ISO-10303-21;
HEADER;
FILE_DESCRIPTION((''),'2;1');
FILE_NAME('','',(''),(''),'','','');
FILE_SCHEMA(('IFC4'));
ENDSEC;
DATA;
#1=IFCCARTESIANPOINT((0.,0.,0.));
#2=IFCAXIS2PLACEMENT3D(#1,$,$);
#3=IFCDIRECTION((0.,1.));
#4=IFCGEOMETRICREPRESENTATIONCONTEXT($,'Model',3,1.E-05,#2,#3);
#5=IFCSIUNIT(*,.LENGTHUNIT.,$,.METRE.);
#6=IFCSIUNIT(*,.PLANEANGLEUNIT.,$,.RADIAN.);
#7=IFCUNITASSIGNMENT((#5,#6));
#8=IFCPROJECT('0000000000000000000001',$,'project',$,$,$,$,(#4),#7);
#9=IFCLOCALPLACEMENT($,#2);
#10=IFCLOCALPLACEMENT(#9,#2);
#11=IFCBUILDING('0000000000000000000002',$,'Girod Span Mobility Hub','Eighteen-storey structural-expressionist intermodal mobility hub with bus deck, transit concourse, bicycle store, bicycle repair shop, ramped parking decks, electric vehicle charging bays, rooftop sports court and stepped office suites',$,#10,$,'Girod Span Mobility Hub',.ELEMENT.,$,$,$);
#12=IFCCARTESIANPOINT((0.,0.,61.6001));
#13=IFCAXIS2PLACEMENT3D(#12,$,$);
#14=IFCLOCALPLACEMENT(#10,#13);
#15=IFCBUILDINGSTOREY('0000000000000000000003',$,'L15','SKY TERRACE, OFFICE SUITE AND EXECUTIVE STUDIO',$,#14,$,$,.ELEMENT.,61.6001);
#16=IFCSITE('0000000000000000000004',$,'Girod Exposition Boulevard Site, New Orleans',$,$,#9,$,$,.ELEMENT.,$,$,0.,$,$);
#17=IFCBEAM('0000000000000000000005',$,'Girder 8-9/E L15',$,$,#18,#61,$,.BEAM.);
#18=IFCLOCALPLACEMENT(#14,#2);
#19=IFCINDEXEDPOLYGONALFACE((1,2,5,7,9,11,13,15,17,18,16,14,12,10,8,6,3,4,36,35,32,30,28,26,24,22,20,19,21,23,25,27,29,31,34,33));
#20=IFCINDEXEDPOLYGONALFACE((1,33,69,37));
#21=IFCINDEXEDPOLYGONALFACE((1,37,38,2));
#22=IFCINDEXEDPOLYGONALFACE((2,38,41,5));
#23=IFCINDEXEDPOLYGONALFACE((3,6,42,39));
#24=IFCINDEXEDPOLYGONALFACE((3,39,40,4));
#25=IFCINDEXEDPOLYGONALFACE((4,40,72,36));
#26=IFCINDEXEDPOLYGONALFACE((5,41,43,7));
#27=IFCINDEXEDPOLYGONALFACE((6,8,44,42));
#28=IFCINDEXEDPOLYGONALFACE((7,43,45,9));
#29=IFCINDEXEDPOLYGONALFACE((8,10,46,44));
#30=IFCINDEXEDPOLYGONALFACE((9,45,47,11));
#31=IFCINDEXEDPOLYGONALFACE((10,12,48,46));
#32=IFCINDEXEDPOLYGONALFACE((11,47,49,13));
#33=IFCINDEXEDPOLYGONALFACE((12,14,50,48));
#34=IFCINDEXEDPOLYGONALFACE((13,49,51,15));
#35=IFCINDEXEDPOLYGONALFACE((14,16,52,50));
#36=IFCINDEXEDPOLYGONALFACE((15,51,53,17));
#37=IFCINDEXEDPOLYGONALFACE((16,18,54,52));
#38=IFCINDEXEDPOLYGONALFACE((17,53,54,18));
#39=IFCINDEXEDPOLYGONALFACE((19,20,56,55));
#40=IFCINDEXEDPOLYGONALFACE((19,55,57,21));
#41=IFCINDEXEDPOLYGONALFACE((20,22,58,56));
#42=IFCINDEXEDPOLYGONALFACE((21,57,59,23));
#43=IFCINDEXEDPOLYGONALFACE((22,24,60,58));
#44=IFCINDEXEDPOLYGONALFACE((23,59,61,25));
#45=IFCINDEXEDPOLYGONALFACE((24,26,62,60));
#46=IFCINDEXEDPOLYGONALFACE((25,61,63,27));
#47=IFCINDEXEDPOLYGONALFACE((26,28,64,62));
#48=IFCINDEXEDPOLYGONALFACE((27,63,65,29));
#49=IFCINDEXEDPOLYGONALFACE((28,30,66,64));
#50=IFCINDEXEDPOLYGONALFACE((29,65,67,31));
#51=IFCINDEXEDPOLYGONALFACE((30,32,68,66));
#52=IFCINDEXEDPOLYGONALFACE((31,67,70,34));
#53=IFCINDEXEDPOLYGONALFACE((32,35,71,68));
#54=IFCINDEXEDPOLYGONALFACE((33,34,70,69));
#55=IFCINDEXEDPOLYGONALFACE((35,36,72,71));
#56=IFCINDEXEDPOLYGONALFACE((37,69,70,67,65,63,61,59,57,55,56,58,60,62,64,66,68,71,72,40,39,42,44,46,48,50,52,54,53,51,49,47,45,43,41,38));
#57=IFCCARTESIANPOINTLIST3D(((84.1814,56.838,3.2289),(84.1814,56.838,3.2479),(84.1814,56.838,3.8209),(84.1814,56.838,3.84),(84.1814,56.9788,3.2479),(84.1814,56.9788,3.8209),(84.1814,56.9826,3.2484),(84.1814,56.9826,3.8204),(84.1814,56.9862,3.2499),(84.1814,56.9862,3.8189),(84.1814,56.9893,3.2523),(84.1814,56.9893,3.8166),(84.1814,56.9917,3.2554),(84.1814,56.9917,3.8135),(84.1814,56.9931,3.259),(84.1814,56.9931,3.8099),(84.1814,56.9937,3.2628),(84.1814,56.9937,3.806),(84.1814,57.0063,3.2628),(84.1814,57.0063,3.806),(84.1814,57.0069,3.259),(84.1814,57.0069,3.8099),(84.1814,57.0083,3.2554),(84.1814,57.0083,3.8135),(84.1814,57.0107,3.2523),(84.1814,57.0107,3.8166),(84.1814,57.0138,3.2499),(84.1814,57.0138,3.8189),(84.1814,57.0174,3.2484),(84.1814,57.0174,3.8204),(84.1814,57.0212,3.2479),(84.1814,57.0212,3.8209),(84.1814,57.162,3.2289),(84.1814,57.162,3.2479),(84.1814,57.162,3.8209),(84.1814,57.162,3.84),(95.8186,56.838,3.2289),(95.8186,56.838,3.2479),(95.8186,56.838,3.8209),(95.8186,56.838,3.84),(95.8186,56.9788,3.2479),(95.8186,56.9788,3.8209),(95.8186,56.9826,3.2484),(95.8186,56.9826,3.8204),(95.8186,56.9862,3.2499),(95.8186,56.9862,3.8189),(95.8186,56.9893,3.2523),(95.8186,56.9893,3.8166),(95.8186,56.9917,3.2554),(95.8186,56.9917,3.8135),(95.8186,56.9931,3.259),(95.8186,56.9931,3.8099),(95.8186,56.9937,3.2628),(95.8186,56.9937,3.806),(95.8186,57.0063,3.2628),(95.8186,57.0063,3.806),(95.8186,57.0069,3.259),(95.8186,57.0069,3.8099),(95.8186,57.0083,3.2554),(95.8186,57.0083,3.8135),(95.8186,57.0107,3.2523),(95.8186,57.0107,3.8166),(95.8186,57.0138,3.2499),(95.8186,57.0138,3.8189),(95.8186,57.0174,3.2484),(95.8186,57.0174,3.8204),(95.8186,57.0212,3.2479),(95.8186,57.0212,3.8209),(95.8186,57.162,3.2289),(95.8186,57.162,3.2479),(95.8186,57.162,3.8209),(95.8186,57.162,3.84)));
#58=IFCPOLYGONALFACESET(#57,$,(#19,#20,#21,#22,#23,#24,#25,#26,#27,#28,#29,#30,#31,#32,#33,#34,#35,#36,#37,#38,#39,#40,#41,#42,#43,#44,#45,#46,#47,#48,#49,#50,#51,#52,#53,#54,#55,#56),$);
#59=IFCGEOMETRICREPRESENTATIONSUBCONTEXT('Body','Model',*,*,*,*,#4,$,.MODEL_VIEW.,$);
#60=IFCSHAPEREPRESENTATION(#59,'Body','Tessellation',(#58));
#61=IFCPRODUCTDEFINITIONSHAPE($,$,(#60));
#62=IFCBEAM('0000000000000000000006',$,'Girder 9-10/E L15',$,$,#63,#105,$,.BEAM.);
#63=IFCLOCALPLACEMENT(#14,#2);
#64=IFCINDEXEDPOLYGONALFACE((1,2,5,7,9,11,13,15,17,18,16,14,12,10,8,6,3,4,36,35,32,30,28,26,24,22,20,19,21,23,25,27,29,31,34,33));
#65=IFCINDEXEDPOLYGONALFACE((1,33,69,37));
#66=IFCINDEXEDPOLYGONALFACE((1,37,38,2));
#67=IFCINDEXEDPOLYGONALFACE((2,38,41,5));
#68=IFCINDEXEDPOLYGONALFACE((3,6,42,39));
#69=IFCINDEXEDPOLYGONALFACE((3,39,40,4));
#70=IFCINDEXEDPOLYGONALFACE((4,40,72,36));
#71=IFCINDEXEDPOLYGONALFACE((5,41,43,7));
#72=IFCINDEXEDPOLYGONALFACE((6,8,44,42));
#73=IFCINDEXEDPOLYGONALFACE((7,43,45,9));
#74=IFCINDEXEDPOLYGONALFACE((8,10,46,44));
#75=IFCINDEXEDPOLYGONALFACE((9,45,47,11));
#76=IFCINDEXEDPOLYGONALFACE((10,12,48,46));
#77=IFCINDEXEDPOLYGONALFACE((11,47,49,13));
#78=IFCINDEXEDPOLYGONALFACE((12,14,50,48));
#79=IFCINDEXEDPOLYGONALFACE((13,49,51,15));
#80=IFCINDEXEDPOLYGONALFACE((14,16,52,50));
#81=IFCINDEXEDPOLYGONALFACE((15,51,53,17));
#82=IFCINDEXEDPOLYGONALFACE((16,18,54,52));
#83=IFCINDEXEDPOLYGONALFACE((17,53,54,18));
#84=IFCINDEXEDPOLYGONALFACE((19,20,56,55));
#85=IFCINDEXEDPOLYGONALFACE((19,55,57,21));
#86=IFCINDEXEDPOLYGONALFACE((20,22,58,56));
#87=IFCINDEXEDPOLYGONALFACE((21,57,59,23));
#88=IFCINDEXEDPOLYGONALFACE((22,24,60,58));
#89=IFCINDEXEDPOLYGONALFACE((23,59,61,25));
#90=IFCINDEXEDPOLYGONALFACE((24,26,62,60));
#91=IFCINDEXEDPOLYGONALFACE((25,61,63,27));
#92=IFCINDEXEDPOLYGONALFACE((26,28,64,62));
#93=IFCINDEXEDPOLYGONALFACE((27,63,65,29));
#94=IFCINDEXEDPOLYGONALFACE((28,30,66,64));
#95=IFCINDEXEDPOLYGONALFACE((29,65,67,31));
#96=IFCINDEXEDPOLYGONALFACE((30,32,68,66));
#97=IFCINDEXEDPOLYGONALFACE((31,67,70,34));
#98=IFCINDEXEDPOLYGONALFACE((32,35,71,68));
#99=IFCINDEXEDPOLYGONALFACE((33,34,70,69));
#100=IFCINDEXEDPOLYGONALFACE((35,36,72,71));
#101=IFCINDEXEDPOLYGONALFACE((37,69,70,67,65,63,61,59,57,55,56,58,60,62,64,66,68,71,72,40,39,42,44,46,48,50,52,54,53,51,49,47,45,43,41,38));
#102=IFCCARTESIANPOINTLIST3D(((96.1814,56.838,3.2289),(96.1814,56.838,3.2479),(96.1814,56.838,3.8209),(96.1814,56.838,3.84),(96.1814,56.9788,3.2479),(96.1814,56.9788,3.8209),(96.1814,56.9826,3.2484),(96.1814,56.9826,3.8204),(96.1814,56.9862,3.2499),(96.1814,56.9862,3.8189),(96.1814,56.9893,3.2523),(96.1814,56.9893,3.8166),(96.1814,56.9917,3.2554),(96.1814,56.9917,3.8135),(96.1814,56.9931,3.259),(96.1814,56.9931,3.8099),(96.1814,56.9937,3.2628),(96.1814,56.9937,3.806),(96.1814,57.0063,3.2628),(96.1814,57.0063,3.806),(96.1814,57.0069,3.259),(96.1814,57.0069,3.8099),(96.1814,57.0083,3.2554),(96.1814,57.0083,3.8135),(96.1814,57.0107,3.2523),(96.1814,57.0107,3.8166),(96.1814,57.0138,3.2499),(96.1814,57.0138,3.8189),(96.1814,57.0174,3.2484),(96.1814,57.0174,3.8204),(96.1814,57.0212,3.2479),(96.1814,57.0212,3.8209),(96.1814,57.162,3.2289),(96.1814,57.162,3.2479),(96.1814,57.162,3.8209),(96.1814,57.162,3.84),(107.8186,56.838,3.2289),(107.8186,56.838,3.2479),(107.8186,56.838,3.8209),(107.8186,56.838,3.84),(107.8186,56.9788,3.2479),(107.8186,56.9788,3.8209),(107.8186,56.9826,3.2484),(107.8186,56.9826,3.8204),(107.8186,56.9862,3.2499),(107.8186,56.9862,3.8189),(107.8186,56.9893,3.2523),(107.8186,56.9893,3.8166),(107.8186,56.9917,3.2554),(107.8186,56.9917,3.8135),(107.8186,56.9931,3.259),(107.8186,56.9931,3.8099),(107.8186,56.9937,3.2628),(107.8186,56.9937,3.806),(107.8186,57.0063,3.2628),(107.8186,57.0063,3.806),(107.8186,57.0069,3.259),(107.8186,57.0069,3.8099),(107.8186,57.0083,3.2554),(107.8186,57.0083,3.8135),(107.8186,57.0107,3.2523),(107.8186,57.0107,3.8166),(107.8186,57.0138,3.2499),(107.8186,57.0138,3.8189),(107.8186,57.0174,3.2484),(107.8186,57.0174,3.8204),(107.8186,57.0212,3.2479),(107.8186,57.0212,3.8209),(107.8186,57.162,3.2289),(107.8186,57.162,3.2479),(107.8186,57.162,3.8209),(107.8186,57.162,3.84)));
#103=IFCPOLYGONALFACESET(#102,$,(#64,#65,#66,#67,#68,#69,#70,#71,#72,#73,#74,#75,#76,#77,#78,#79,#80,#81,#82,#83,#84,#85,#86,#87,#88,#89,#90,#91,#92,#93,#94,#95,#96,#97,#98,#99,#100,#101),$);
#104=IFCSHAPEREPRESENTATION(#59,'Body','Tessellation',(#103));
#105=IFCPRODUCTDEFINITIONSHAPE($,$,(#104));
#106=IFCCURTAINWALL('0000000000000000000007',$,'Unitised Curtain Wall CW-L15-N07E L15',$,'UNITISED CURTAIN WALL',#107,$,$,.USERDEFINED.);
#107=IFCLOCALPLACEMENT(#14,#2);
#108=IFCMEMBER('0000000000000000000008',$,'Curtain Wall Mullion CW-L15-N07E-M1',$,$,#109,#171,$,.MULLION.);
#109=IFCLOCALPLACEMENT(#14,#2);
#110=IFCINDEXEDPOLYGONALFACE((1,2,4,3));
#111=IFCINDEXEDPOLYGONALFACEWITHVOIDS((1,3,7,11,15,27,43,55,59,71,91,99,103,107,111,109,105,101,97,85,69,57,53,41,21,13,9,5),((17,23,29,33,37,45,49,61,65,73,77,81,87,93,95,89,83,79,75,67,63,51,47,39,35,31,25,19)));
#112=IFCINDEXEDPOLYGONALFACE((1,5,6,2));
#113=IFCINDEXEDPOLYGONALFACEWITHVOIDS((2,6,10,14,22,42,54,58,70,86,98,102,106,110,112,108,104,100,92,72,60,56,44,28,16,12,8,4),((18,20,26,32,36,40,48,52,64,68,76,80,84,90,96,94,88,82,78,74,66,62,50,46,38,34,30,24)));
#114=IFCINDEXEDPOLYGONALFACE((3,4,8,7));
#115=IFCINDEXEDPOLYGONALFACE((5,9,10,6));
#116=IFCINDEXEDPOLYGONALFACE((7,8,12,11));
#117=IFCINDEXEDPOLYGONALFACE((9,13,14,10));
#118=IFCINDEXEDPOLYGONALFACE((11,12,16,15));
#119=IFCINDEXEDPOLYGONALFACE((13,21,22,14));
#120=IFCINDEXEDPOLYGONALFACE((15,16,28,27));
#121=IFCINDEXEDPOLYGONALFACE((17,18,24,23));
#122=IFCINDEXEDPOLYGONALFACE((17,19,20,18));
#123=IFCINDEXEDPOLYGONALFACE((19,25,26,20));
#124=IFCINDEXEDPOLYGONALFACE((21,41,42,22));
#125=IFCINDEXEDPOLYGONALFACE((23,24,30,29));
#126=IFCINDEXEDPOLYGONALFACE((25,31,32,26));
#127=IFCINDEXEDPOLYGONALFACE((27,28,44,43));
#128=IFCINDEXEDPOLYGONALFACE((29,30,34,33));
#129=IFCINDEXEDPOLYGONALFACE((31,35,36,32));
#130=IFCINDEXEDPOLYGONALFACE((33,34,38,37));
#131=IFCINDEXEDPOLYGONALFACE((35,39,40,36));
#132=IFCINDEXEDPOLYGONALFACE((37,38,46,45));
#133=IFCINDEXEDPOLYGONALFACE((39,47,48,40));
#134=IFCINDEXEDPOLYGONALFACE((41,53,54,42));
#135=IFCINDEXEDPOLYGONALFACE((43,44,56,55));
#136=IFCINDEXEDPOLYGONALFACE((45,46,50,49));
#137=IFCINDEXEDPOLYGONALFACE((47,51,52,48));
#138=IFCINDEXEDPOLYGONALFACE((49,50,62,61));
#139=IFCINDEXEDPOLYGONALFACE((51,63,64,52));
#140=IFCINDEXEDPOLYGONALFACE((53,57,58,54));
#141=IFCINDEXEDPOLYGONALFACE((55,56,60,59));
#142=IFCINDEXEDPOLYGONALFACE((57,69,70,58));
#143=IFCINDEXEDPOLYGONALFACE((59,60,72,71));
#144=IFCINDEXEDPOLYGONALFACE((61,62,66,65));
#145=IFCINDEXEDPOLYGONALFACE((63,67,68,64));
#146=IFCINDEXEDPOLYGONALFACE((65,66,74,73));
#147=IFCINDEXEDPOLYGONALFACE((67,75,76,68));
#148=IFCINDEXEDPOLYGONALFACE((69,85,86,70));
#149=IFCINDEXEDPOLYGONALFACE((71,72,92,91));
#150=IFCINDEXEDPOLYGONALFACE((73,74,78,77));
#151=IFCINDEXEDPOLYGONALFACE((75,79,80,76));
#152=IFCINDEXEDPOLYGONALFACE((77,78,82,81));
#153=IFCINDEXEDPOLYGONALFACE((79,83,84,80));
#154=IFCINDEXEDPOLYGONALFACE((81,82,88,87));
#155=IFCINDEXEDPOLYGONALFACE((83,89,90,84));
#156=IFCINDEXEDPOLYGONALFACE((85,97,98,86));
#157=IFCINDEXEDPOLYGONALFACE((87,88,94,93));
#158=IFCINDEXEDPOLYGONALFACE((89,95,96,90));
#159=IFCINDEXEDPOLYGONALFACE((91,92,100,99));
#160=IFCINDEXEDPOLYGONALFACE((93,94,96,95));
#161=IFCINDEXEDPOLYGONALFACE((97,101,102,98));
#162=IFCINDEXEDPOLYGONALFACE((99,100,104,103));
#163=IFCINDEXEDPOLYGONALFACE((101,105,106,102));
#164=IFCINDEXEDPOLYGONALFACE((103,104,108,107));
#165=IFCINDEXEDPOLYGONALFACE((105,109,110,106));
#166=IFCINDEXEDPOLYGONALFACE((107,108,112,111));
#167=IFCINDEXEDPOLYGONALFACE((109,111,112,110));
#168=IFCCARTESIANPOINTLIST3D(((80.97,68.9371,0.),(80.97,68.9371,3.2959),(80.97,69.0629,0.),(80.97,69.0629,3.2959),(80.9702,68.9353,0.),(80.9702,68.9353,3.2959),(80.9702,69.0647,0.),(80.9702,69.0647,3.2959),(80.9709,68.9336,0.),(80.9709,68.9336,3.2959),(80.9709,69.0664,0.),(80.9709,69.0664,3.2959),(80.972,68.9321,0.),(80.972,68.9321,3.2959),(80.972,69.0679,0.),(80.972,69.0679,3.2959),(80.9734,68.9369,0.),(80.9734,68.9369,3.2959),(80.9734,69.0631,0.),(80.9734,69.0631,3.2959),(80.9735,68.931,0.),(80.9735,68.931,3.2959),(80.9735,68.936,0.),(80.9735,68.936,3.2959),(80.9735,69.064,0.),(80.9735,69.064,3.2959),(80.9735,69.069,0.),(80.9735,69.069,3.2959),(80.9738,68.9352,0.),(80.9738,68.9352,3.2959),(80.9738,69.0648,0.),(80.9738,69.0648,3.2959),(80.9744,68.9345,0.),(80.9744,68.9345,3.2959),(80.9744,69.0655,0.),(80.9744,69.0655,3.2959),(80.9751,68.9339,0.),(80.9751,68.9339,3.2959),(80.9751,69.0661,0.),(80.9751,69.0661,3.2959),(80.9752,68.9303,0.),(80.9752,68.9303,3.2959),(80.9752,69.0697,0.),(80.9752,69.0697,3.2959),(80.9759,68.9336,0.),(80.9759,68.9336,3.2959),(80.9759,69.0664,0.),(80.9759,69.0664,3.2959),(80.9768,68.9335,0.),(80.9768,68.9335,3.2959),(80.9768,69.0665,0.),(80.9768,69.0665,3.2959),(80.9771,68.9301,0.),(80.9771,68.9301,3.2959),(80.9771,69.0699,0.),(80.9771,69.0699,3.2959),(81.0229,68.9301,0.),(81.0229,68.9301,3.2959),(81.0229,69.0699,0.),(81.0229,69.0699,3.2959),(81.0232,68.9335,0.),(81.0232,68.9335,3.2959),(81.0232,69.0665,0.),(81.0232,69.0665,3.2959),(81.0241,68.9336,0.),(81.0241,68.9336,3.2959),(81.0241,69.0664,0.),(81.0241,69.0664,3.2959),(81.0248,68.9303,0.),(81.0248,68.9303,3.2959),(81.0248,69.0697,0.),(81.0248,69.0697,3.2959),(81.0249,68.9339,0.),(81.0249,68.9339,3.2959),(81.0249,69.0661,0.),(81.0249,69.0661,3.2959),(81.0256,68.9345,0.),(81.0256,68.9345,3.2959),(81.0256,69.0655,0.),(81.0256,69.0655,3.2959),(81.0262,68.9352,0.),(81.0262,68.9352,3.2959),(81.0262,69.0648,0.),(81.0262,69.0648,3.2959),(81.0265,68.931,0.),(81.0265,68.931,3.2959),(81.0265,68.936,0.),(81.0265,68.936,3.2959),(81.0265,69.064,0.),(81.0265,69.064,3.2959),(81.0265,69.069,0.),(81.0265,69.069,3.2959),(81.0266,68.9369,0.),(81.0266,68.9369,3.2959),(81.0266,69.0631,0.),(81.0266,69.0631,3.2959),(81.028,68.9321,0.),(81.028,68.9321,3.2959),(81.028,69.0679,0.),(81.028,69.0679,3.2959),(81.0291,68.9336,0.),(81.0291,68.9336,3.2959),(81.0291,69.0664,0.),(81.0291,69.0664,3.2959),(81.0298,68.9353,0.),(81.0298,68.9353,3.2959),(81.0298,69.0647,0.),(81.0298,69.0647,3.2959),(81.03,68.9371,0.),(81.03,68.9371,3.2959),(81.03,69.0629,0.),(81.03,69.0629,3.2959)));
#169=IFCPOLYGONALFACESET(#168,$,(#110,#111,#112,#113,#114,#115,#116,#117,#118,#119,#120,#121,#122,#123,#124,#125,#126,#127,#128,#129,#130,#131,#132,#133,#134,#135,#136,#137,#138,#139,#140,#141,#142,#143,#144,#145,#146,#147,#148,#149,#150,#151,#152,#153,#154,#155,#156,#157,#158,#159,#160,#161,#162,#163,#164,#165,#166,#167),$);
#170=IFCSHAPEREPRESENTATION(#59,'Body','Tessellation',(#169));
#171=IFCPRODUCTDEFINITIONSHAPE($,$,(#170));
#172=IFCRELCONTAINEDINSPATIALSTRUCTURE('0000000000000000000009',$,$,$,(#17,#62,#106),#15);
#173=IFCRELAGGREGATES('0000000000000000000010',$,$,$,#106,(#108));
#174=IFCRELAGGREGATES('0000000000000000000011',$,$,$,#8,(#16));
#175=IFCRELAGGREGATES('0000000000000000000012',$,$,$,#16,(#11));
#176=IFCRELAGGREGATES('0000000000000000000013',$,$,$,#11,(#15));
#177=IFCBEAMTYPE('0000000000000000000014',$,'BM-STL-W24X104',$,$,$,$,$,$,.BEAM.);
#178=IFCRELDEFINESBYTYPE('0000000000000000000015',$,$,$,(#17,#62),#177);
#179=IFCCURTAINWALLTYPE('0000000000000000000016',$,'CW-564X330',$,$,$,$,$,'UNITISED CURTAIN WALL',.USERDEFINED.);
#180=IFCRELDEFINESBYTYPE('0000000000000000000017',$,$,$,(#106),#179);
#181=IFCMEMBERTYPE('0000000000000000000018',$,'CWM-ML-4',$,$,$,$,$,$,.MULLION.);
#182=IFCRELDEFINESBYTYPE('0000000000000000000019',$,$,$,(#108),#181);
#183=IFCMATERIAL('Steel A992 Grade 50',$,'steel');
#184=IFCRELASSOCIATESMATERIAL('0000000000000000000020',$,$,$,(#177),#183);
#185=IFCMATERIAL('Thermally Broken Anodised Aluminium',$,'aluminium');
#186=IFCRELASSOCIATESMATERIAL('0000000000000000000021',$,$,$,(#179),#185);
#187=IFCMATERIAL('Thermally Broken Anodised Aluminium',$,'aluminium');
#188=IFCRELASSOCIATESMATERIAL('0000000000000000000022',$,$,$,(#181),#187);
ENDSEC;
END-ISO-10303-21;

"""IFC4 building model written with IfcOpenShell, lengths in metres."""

from ifc_helpers import new_model, si_unit, direction, frame, origin, origin_2d, place, context, subcontext, project, spatial, hollow_rectangle, i_section, extrude, material, material_profile, profile_set, type_object, element, aggregate, save


model = new_model("IFC4")

# Units and contexts
model_context = context("Model", 3, precision=1e-05, world=origin(), true_north=direction((0.0, 1.0)))
body_context = subcontext(model_context, "Body", "Model", "MODEL_VIEW")
ifc_project = project(units=[si_unit("LENGTHUNIT", "METRE"), si_unit("PLANEANGLEUNIT", "RADIAN")], contexts=[model_context])

# Site, building, storey
site_placement = place(None, origin())
site = spatial("IfcSite", under=ifc_project, at=site_placement, Name="Girod Exposition Boulevard Site, New Orleans", CompositionType="ELEMENT", RefElevation=0.0)
building_placement = place(site_placement, origin())
building = spatial("IfcBuilding", under=site, at=building_placement, Name="Girod Span Mobility Hub", Description="Eighteen-storey structural-expressionist intermodal mobility hub with bus deck, transit concourse, bicycle store, bicycle repair shop, ramped parking decks, electric vehicle charging bays, rooftop sports court and stepped office suites", LongName="Girod Span Mobility Hub", CompositionType="ELEMENT")
storey_placement = place(building_placement, frame((0.0, 0.0, 61.6001)))
storey = spatial("IfcBuildingStorey", under=building, at=storey_placement, Name="L15", Description="SKY TERRACE, OFFICE SUITE AND EXECUTIVE STUDIO", CompositionType="ELEMENT", Elevation=61.6001)

# Beams
ifc_material_1 = material(Name="Steel A992 Grade 50", Category="steel")
ifc_material_profile_1 = material_profile(ifc_material_1, i_section(OverallWidth=0.324, OverallDepth=0.6111, WebThickness=0.0127, FlangeThickness=0.019, FilletRadius=0.0149, at=origin_2d()), Name="W24X104")
ifc_profile_set_1 = profile_set([ifc_material_profile_1], Name="Steel A992 Grade 50")
beam_type_1 = type_object("IfcBeamType", Name="BM-STL-W24X104", PredefinedType="BEAM", material=ifc_profile_set_1)
for number, where, z_axis, x_axis, name in (
    (1, (84.1814, 57.0, 3.5344), (1.0, 0.0, 0.0), (0.0, 1.0, 0.0), "Girder 8-9/E L15"),
    (2, (96.1814, 57.0, 3.5344), (1.0, 0.0, 0.0), (0.0, 1.0, 0.0), "Girder 9-10/E L15"),
):
    element("IfcBeam", number, at=place(storey_placement, frame(where, z_axis=z_axis, x_axis=x_axis)), inside=storey, type_object=beam_type_1, Name=name, PredefinedType="BEAM", context=body_context, shape_type="SweptSolid", body=[
        extrude(i_section(OverallWidth=0.324, OverallDepth=0.6111, WebThickness=0.0127, FlangeThickness=0.019, FilletRadius=0.0149, at=origin_2d()), origin(), (0.0, 0.0, 1.0), 11.6372),
    ])

# Curtain wall, member
ifc_material_2 = material(Name="Thermally Broken Anodised Aluminium", Category="aluminium")
curtain_wall_type = type_object("IfcCurtainWallType", Name="CW-564X330", ElementType="UNITISED CURTAIN WALL", PredefinedType="USERDEFINED", material=ifc_material_2)
curtain_wall_1_placement = place(storey_placement, origin())
curtain_wall_1 = element("IfcCurtainWall", 3, at=curtain_wall_1_placement, inside=storey, type_object=curtain_wall_type, Name="Unitised Curtain Wall CW-L15-N07E L15", ObjectType="UNITISED CURTAIN WALL", PredefinedType="USERDEFINED")
ifc_material_3 = material(Name="Thermally Broken Anodised Aluminium", Category="aluminium")
ifc_material_profile_2 = material_profile(ifc_material_3, hollow_rectangle(XDim=0.1399, YDim=0.0601, WallThickness=0.0034, InnerFilletRadius=0.0034, OuterFilletRadius=0.0071, at=origin_2d()), Name="CW-ML-60X140")
ifc_profile_set_2 = profile_set([ifc_material_profile_2], Name="Thermally Broken Anodised Aluminium")
member_type_1 = type_object("IfcMemberType", Name="CWM-ML-4", PredefinedType="MULLION", material=ifc_profile_set_2)
member_1_placement = place(storey_placement, frame((81.0, 69.0, 0.0), z_axis=(0.0, 0.0, 1.0), x_axis=(0.0, 1.0, 0.0)))
member_1 = element("IfcMember", 4, at=member_1_placement, type_object=member_type_1, Name="Curtain Wall Mullion CW-L15-N07E-M1", PredefinedType="MULLION", context=body_context, shape_type="SweptSolid", body=[
    extrude(hollow_rectangle(XDim=0.1399, YDim=0.0601, WallThickness=0.0034, InnerFilletRadius=0.0034, OuterFilletRadius=0.0071, at=origin_2d()), origin(), (0.0, 0.0, 1.0), 3.2959),
])

aggregate(curtain_wall_1, [member_1])

save(model, "model.ifc")
